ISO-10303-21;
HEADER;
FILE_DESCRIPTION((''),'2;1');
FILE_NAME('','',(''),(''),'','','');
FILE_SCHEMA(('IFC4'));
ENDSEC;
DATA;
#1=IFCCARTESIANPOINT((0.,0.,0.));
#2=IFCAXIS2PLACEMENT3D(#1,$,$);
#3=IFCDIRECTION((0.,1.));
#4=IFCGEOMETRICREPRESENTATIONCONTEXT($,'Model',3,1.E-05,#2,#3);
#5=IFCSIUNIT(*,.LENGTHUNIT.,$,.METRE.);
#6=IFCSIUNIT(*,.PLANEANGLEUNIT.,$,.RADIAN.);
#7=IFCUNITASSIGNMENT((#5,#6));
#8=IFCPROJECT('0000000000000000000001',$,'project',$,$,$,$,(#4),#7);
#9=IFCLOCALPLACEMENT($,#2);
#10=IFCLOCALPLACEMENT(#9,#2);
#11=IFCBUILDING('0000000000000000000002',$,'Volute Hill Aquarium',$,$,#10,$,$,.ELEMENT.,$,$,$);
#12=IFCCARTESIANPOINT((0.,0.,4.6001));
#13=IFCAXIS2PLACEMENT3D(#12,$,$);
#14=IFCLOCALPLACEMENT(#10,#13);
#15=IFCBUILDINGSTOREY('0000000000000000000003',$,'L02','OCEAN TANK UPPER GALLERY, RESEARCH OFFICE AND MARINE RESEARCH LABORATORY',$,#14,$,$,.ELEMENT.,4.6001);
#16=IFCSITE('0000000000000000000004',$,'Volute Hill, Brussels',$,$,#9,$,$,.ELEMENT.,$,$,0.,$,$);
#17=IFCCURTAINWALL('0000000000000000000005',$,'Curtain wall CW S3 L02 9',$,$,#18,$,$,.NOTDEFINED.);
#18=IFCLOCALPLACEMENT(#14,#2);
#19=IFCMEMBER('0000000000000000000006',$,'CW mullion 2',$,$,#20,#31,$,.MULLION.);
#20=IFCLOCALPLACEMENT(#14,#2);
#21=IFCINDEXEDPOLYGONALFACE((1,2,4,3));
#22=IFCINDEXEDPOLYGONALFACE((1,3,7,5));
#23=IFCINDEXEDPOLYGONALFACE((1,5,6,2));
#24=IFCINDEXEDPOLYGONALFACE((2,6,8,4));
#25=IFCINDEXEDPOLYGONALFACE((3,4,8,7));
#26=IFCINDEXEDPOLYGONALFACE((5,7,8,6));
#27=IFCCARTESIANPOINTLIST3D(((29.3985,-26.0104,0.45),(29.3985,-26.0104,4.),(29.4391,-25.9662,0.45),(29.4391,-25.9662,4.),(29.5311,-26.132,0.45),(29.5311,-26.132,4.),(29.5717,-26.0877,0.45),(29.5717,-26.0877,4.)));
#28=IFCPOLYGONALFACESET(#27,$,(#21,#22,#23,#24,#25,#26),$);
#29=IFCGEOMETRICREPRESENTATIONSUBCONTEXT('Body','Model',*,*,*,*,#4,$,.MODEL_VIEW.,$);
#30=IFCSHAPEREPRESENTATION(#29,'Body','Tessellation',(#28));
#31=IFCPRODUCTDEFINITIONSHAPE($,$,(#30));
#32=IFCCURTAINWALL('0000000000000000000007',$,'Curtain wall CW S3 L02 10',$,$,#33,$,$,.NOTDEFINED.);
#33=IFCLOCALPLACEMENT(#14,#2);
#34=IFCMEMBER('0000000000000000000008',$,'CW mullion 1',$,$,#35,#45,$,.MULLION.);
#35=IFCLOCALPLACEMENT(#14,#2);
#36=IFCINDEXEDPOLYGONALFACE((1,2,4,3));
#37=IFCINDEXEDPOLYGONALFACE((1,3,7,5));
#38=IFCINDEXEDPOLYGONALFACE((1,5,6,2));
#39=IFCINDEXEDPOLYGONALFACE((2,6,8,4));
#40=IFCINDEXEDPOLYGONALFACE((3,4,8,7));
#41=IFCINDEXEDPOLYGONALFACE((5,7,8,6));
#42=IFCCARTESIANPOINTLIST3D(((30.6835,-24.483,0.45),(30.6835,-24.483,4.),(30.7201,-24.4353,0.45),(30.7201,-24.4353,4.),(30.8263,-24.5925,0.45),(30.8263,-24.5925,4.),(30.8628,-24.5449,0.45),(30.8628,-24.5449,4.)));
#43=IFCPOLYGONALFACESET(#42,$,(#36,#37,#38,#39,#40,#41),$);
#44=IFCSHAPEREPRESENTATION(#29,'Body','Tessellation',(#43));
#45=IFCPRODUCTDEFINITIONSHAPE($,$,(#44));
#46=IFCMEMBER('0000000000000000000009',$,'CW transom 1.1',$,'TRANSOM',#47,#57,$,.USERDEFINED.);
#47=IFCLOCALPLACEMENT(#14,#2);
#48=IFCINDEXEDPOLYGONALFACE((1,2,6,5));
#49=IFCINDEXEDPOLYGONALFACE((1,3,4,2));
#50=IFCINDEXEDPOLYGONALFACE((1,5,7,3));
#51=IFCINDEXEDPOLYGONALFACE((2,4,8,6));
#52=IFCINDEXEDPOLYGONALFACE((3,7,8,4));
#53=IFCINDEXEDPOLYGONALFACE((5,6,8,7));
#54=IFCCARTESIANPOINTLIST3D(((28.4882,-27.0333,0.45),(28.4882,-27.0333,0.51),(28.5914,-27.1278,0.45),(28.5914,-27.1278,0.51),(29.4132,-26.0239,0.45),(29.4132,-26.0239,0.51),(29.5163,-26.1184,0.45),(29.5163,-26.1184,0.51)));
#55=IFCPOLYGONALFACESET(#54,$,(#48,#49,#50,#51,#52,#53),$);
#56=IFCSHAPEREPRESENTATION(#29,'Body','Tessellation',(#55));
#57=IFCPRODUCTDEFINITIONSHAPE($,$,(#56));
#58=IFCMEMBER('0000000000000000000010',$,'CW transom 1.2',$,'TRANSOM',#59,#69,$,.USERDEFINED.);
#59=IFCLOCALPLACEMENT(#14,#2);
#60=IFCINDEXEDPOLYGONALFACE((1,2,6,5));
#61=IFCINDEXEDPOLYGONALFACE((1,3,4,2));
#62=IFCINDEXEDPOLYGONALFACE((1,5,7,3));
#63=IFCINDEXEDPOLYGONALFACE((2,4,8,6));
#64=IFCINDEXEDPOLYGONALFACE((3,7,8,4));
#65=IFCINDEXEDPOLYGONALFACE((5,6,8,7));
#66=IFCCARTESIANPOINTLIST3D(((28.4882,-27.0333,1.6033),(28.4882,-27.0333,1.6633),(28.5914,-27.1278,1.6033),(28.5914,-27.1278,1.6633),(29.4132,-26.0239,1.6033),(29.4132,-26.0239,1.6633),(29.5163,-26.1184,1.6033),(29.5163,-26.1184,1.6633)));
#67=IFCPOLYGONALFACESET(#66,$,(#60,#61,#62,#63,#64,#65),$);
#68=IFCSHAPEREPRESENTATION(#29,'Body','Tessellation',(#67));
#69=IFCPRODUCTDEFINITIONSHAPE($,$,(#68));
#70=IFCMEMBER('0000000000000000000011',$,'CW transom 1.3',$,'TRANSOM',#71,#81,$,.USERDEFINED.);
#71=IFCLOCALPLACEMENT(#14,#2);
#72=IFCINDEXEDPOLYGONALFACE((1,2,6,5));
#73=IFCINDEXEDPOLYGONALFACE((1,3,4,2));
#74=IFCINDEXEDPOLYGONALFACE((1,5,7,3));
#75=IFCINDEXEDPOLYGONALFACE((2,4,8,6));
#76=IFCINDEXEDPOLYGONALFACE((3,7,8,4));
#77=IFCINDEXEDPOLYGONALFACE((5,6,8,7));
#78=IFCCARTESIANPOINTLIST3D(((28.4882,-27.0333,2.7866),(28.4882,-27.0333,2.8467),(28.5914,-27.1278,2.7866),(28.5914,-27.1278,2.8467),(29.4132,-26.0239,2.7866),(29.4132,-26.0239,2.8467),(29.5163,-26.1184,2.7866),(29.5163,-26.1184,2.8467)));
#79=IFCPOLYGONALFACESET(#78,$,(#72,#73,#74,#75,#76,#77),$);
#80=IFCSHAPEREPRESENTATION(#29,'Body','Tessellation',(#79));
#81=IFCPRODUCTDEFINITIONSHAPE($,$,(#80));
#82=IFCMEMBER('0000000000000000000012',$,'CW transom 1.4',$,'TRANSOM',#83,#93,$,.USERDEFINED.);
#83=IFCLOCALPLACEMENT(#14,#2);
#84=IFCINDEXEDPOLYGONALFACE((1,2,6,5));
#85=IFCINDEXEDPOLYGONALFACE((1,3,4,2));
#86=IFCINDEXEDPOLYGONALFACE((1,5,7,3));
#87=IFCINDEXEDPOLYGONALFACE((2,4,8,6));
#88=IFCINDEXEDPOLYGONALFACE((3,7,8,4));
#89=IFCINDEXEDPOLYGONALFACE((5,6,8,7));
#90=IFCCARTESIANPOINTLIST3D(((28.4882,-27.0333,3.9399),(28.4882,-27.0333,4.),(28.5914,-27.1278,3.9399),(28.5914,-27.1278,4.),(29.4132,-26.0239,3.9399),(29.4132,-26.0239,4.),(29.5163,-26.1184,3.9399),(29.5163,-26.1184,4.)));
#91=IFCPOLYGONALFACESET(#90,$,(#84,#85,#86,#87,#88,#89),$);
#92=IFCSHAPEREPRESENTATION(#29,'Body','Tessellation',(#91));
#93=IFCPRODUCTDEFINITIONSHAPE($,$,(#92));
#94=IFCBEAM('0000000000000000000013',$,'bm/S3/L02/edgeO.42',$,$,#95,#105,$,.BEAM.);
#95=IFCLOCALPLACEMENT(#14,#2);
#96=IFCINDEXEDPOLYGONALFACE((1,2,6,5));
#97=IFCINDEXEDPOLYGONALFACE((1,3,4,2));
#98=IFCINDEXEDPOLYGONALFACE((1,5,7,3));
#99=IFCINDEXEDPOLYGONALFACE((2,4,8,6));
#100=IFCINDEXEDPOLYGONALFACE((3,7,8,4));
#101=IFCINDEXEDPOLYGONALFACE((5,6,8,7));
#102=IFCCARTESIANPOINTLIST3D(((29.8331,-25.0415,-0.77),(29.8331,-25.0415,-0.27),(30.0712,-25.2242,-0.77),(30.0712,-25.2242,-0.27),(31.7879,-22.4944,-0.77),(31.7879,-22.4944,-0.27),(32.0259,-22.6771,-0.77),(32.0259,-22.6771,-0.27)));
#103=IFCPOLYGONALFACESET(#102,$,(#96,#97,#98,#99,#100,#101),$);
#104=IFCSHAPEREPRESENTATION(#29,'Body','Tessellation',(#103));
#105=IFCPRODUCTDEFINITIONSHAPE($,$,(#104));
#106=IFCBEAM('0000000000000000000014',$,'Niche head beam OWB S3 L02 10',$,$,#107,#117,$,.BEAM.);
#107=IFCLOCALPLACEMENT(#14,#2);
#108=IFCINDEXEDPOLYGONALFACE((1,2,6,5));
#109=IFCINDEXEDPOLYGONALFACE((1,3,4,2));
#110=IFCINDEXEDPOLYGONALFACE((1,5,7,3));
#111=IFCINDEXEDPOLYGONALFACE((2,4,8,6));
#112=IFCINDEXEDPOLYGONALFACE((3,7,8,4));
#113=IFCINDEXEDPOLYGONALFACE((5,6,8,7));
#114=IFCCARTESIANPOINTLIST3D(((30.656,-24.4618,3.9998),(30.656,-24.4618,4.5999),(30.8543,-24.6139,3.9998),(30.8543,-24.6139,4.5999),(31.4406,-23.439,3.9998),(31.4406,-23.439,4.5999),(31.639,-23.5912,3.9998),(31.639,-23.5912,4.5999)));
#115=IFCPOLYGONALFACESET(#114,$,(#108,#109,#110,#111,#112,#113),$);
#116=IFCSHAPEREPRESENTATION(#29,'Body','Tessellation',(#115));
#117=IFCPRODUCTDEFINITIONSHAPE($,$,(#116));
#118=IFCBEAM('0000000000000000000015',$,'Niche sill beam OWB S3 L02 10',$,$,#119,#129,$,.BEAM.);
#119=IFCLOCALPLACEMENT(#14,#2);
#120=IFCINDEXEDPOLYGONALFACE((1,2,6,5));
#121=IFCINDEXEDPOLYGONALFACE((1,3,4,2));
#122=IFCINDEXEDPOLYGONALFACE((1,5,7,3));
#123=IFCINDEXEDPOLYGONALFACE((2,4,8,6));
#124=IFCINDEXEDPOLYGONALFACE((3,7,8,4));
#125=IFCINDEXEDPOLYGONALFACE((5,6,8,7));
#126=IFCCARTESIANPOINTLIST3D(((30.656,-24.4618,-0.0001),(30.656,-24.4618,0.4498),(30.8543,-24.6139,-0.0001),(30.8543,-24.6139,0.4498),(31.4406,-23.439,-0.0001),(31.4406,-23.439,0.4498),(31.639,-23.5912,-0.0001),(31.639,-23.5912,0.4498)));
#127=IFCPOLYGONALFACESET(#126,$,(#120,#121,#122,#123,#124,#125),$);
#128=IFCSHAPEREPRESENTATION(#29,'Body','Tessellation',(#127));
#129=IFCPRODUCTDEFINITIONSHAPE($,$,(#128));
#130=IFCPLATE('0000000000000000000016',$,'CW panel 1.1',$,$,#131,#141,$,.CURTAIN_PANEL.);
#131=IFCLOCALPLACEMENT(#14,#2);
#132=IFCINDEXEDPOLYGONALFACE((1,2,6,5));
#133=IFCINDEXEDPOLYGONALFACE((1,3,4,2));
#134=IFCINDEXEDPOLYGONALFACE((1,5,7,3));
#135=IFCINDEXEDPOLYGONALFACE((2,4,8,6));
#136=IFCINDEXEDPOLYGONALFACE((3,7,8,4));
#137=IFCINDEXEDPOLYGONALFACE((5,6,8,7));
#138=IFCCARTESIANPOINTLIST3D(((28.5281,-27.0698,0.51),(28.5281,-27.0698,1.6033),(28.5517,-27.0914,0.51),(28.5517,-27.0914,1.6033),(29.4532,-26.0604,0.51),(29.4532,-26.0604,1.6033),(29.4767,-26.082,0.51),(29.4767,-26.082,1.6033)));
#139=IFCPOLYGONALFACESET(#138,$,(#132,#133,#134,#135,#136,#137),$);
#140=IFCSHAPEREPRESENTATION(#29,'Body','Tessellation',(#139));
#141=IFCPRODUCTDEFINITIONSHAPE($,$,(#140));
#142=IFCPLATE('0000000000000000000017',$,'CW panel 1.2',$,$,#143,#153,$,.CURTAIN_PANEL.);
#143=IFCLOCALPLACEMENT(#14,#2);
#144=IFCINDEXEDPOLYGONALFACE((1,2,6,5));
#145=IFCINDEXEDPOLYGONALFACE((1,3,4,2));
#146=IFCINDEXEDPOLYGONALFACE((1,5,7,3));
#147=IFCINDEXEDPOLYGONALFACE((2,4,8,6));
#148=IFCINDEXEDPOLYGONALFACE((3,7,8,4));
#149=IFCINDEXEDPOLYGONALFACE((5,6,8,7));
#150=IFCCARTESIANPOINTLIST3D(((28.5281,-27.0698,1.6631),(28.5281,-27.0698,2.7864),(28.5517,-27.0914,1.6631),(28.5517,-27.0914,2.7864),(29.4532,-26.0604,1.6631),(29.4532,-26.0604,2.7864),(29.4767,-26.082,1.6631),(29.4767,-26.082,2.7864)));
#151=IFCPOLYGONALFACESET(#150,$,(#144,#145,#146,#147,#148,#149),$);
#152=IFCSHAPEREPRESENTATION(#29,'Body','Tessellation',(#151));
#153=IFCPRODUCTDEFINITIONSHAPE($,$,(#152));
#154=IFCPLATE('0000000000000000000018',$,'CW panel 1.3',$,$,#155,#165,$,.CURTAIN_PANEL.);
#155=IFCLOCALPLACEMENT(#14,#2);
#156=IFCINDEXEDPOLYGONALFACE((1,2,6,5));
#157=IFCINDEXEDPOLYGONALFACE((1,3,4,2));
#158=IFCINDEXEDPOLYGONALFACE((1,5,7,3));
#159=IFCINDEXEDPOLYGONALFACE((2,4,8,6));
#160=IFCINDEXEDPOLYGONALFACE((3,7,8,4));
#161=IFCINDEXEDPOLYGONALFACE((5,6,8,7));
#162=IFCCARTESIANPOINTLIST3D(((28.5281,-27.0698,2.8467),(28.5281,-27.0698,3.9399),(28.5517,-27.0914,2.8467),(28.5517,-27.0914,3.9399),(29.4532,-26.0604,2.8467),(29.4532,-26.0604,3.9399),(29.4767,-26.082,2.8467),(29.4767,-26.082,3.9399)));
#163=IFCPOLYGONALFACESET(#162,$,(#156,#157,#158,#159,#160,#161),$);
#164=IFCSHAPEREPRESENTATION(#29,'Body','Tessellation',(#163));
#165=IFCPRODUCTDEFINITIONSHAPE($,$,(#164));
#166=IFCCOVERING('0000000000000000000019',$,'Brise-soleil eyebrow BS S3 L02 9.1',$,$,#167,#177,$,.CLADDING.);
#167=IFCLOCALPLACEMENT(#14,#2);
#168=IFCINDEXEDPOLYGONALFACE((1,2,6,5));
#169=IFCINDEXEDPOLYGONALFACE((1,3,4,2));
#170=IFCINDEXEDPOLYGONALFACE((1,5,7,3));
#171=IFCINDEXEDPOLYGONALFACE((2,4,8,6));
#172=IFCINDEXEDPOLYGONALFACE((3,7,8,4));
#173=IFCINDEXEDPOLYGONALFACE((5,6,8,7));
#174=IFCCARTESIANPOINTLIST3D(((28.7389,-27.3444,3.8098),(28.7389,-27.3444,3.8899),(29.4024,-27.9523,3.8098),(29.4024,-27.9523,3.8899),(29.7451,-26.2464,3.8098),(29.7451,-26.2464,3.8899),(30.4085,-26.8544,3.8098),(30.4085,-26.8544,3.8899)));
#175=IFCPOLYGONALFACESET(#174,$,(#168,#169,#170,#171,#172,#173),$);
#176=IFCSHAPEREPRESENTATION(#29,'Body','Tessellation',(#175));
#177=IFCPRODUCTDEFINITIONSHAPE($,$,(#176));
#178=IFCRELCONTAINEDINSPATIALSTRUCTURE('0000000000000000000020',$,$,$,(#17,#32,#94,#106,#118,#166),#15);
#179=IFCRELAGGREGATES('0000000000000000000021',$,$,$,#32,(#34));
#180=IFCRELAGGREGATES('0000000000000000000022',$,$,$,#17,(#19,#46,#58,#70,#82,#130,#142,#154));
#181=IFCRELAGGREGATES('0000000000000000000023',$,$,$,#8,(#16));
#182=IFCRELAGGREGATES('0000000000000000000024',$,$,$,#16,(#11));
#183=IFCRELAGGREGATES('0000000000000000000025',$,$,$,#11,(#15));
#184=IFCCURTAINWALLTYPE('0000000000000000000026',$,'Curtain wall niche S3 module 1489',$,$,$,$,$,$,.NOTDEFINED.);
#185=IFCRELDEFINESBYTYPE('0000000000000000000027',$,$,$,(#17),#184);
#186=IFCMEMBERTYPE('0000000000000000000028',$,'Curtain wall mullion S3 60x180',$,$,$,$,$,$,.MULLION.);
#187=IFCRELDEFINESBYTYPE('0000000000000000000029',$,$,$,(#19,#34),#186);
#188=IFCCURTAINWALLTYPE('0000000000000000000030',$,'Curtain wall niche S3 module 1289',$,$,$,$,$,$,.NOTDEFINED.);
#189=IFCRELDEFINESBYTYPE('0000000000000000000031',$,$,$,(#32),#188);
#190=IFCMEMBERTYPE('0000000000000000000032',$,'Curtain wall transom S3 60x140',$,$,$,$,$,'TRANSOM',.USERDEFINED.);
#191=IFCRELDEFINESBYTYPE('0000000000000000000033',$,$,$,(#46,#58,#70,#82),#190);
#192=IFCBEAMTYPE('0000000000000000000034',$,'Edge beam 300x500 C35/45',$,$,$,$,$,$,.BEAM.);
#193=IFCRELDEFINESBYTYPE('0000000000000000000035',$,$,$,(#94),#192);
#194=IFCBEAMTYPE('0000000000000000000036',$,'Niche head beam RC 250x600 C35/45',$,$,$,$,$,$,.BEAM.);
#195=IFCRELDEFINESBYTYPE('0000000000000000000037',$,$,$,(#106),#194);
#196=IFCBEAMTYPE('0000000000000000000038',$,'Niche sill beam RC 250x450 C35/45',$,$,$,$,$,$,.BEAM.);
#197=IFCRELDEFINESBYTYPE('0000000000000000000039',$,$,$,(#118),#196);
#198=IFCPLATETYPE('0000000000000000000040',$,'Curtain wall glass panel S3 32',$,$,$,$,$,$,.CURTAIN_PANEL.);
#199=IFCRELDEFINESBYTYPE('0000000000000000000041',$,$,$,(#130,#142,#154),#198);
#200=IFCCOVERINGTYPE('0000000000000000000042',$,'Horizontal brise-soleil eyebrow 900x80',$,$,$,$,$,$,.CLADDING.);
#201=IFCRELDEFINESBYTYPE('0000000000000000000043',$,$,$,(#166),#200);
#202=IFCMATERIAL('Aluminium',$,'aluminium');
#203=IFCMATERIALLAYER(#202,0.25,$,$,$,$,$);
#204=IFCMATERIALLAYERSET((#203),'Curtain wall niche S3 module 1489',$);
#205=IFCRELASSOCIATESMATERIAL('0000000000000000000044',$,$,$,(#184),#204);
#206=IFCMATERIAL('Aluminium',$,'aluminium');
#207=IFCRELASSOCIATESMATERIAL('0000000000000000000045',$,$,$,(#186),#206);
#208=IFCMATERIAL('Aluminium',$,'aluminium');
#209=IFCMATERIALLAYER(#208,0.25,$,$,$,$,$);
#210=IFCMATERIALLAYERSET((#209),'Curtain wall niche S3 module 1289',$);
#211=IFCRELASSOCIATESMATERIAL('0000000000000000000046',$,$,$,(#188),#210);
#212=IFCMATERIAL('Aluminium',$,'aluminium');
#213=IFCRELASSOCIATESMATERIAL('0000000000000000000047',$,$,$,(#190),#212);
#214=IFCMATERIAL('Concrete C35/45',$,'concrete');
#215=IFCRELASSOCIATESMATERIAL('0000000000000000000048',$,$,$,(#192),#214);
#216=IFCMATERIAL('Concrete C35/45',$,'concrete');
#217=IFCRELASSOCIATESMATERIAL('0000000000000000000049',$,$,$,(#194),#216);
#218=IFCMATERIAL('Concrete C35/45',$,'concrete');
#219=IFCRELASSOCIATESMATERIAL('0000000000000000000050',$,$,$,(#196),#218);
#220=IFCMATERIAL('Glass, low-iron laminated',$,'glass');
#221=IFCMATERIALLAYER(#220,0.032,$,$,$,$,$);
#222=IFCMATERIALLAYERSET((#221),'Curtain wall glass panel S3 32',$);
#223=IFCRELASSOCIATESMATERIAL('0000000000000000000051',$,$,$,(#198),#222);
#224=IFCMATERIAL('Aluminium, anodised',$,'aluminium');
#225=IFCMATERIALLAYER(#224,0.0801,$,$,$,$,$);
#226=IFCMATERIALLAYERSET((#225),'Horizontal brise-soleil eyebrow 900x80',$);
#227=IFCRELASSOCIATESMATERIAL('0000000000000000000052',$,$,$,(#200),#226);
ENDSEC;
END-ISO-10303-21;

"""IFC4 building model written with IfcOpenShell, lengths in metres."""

from ifc_helpers import new_model, si_unit, direction, frame, origin, origin_2d, place, context, subcontext, project, spatial, rectangle, extrude, material, layer, layer_set, material_profile, profile_set, type_object, element, aggregate, save


model = new_model("IFC4")

# Units and contexts
model_context = context("Model", 3, precision=1e-05, world=origin(), true_north=direction((0.0, 1.0)))
body_context = subcontext(model_context, "Body", "Model", "MODEL_VIEW")
ifc_project = project(units=[si_unit("LENGTHUNIT", "METRE"), si_unit("PLANEANGLEUNIT", "RADIAN")], contexts=[model_context])

# Site, building, storey
site_placement = place(None, origin())
site = spatial("IfcSite", under=ifc_project, at=site_placement, Name="Volute Hill, Brussels", CompositionType="ELEMENT", RefElevation=0.0)
building_placement = place(site_placement, origin())
building = spatial("IfcBuilding", under=site, at=building_placement, Name="Volute Hill Aquarium", CompositionType="ELEMENT")
storey_placement = place(building_placement, frame((0.0, 0.0, 4.6001)))
storey = spatial("IfcBuildingStorey", under=building, at=storey_placement, Name="L02", Description="OCEAN TANK UPPER GALLERY, RESEARCH OFFICE AND MARINE RESEARCH LABORATORY", CompositionType="ELEMENT", Elevation=4.6001)

# Curtain walls, members
ifc_material_1 = material(Name="Aluminium", Category="aluminium")
ifc_layer_1 = layer(ifc_material_1, 0.25)
ifc_layer_set_1 = layer_set([ifc_layer_1], Name="Curtain wall niche S3 module 1489")
curtain_wall_type_1 = type_object("IfcCurtainWallType", Name="Curtain wall niche S3 module 1489", PredefinedType="NOTDEFINED", material=ifc_layer_set_1)
curtain_wall_1_placement = place(storey_placement, origin())
curtain_wall_1 = element("IfcCurtainWall", 1, at=curtain_wall_1_placement, inside=storey, type_object=curtain_wall_type_1, Name="Curtain wall CW S3 L02 9", PredefinedType="NOTDEFINED")
ifc_material_2 = material(Name="Aluminium", Category="aluminium")
ifc_material_profile_1 = material_profile(ifc_material_2, rectangle(XDim=0.1799, YDim=0.0601, at=origin_2d()), Name="Curtain wall mullion S3 60x180")
ifc_profile_set_1 = profile_set([ifc_material_profile_1], Name="Aluminium")
member_type_1 = type_object("IfcMemberType", Name="Curtain wall mullion S3 60x180", PredefinedType="MULLION", material=ifc_profile_set_1)
member_1_placement = place(storey_placement, frame((29.4851, -26.0491, 0.45), z_axis=(0.0, 0.0, 1.0), x_axis=(-0.73726, 0.675609, 0.0)))
member_1 = element("IfcMember", 2, at=member_1_placement, type_object=member_type_1, Name="CW mullion 2", PredefinedType="MULLION", context=body_context, shape_type="SweptSolid", body=[
    extrude(rectangle(XDim=0.1799, YDim=0.0601, at=origin_2d()), origin(), (0.0, 0.0, 1.0), 3.55),
])
ifc_material_3 = material(Name="Aluminium", Category="aluminium")
ifc_layer_2 = layer(ifc_material_3, 0.25)
ifc_layer_set_2 = layer_set([ifc_layer_2], Name="Curtain wall niche S3 module 1289")
curtain_wall_type_2 = type_object("IfcCurtainWallType", Name="Curtain wall niche S3 module 1289", PredefinedType="NOTDEFINED", material=ifc_layer_set_2)
curtain_wall_2_placement = place(storey_placement, origin())
curtain_wall_2 = element("IfcCurtainWall", 3, at=curtain_wall_2_placement, inside=storey, type_object=curtain_wall_type_2, Name="Curtain wall CW S3 L02 10", PredefinedType="NOTDEFINED")
member_2_placement = place(storey_placement, frame((30.7732, -24.5139, 0.45), z_axis=(0.0, 0.0, 1.0), x_axis=(-0.793366, 0.608745, 0.0)))
member_2 = element("IfcMember", 4, at=member_2_placement, type_object=member_type_1, Name="CW mullion 1", PredefinedType="MULLION", context=body_context, shape_type="SweptSolid", body=[
    extrude(rectangle(XDim=0.1799, YDim=0.0601, at=origin_2d()), origin(), (0.0, 0.0, 1.0), 3.55),
])
aggregate(curtain_wall_2, [member_2])

# Members
ifc_material_4 = material(Name="Aluminium", Category="aluminium")
ifc_material_profile_2 = material_profile(ifc_material_4, rectangle(XDim=0.1399, YDim=0.0601, at=origin_2d()), Name="Curtain wall transom S3 60x140")
ifc_profile_set_2 = profile_set([ifc_material_profile_2], Name="Aluminium")
member_type_2 = type_object("IfcMemberType", Name="Curtain wall transom S3 60x140", ElementType="TRANSOM", PredefinedType="USERDEFINED", material=ifc_profile_set_2)
member_3_placement = place(storey_placement, frame((28.5398, -27.0806, 0.48), z_axis=(0.675587, 0.73728, 0.0), x_axis=(-0.73728, 0.675587, 0.0)))
member_3 = element("IfcMember", 5, at=member_3_placement, type_object=member_type_2, Name="CW transom 1.1", ObjectType="TRANSOM", PredefinedType="USERDEFINED", context=body_context, shape_type="SweptSolid", body=[
    extrude(rectangle(XDim=0.1399, YDim=0.0601, at=origin_2d()), origin(), (0.0, 0.0, 1.0), 1.3691),
])
member_4_placement = place(storey_placement, frame((28.5398, -27.0806, 1.6333), z_axis=(0.675587, 0.73728, 0.0), x_axis=(-0.73728, 0.675587, 0.0)))
member_4 = element("IfcMember", 6, at=member_4_placement, type_object=member_type_2, Name="CW transom 1.2", ObjectType="TRANSOM", PredefinedType="USERDEFINED", context=body_context, shape_type="SweptSolid", body=[
    extrude(rectangle(XDim=0.1399, YDim=0.0601, at=origin_2d()), origin(), (0.0, 0.0, 1.0), 1.3691),
])
member_5_placement = place(storey_placement, frame((28.5398, -27.0806, 2.8167), z_axis=(0.675587, 0.73728, 0.0), x_axis=(-0.73728, 0.675587, 0.0)))
member_5 = element("IfcMember", 7, at=member_5_placement, type_object=member_type_2, Name="CW transom 1.3", ObjectType="TRANSOM", PredefinedType="USERDEFINED", context=body_context, shape_type="SweptSolid", body=[
    extrude(rectangle(XDim=0.1399, YDim=0.0601, at=origin_2d()), origin(), (0.0, 0.0, 1.0), 1.3691),
])
member_6_placement = place(storey_placement, frame((28.5398, -27.0806, 3.97), z_axis=(0.675587, 0.73728, 0.0), x_axis=(-0.73728, 0.675587, 0.0)))
member_6 = element("IfcMember", 8, at=member_6_placement, type_object=member_type_2, Name="CW transom 1.4", ObjectType="TRANSOM", PredefinedType="USERDEFINED", context=body_context, shape_type="SweptSolid", body=[
    extrude(rectangle(XDim=0.1399, YDim=0.0601, at=origin_2d()), origin(), (0.0, 0.0, 1.0), 1.3691),
])

# Beams
ifc_material_5 = material(Name="Concrete C35/45", Category="concrete")
ifc_material_profile_3 = material_profile(ifc_material_5, rectangle(XDim=0.3, YDim=0.5, at=origin_2d()), Name="RC edge beam 300x500")
ifc_profile_set_3 = profile_set([ifc_material_profile_3], Name="Concrete C35/45")
beam_type_1 = type_object("IfcBeamType", Name="Edge beam 300x500 C35/45", PredefinedType="BEAM", material=ifc_profile_set_3)
beam_1_placement = place(storey_placement, frame((29.9521, -25.1328, -0.52), z_axis=(0.608832, 0.793299, 0.0), x_axis=(-0.793299, 0.608832, 0.0)))
element("IfcBeam", 9, at=beam_1_placement, inside=storey, type_object=beam_type_1, Name="bm/S3/L02/edgeO.42", PredefinedType="BEAM", context=body_context, shape_type="SweptSolid", body=[
    extrude(rectangle(XDim=0.3, YDim=0.5, at=origin_2d()), origin(), (0.0, 0.0, 1.0), 3.2107),
])
ifc_material_6 = material(Name="Concrete C35/45", Category="concrete")
ifc_material_profile_4 = material_profile(ifc_material_6, rectangle(XDim=0.25, YDim=0.6001, at=origin_2d()), Name="RC beam 250x600")
ifc_profile_set_4 = profile_set([ifc_material_profile_4], Name="Concrete C35/45")
beam_type_2 = type_object("IfcBeamType", Name="Niche head beam RC 250x600 C35/45", PredefinedType="BEAM", material=ifc_profile_set_4)
beam_2_placement = place(storey_placement, frame((30.7551, -24.5378, 4.2998), z_axis=(0.608722, 0.793384, 0.0), x_axis=(-0.793384, 0.608722, 0.0)))
element("IfcBeam", 10, at=beam_2_placement, inside=storey, type_object=beam_type_2, Name="Niche head beam OWB S3 L02 10", PredefinedType="BEAM", context=body_context, shape_type="SweptSolid", body=[
    extrude(rectangle(XDim=0.25, YDim=0.6001, at=origin_2d()), origin(), (0.0, 0.0, 1.0), 1.2891),
])
ifc_material_7 = material(Name="Concrete C35/45", Category="concrete")
ifc_material_profile_5 = material_profile(ifc_material_7, rectangle(XDim=0.25, YDim=0.45, at=origin_2d()), Name="RC beam 250x450")
ifc_profile_set_5 = profile_set([ifc_material_profile_5], Name="Concrete C35/45")
beam_type_3 = type_object("IfcBeamType", Name="Niche sill beam RC 250x450 C35/45", PredefinedType="BEAM", material=ifc_profile_set_5)
beam_3_placement = place(storey_placement, frame((30.7551, -24.5378, 0.2249), z_axis=(0.608722, 0.793384, 0.0), x_axis=(-0.793384, 0.608722, 0.0)))
element("IfcBeam", 11, at=beam_3_placement, inside=storey, type_object=beam_type_3, Name="Niche sill beam OWB S3 L02 10", PredefinedType="BEAM", context=body_context, shape_type="SweptSolid", body=[
    extrude(rectangle(XDim=0.25, YDim=0.45, at=origin_2d()), origin(), (0.0, 0.0, 1.0), 1.2891),
])

# Plates
ifc_material_8 = material(Name="Glass, low-iron laminated", Category="glass")
ifc_layer_3 = layer(ifc_material_8, 0.032)
ifc_layer_set_3 = layer_set([ifc_layer_3], Name="Curtain wall glass panel S3 32")
plate_type = type_object("IfcPlateType", Name="Curtain wall glass panel S3 32", PredefinedType="CURTAIN_PANEL", material=ifc_layer_set_3)
plate_1_placement = place(storey_placement, frame((29.0024, -26.5759, 0.51), z_axis=(0.0, 0.0, 1.0), x_axis=(0.675609, 0.73726, 0.0)))
plate_1 = element("IfcPlate", 12, at=plate_1_placement, type_object=plate_type, Name="CW panel 1.1", PredefinedType="CURTAIN_PANEL", context=body_context, shape_type="SweptSolid", body=[
    extrude(rectangle(XDim=1.3691, YDim=0.032, at=origin_2d()), origin(), (0.0, 0.0, 1.0), 1.0933),
])
plate_2_placement = place(storey_placement, frame((29.0024, -26.5759, 1.6631), z_axis=(0.0, 0.0, 1.0), x_axis=(0.675609, 0.73726, 0.0)))
plate_2 = element("IfcPlate", 13, at=plate_2_placement, type_object=plate_type, Name="CW panel 1.2", PredefinedType="CURTAIN_PANEL", context=body_context, shape_type="SweptSolid", body=[
    extrude(rectangle(XDim=1.3691, YDim=0.032, at=origin_2d()), origin(), (0.0, 0.0, 1.0), 1.1233),
])
plate_3_placement = place(storey_placement, frame((29.0024, -26.5759, 2.8467), z_axis=(0.0, 0.0, 1.0), x_axis=(0.675609, 0.73726, 0.0)))
plate_3 = element("IfcPlate", 14, at=plate_3_placement, type_object=plate_type, Name="CW panel 1.3", PredefinedType="CURTAIN_PANEL", context=body_context, shape_type="SweptSolid", body=[
    extrude(rectangle(XDim=1.3691, YDim=0.032, at=origin_2d()), origin(), (0.0, 0.0, 1.0), 1.0933),
])
aggregate(curtain_wall_1, [member_1, member_3, member_4, member_5, member_6, plate_1, plate_2, plate_3])

# Covering
ifc_material_9 = material(Name="Aluminium, anodised", Category="aluminium")
ifc_layer_4 = layer(ifc_material_9, 0.0801)
ifc_layer_set_4 = layer_set([ifc_layer_4], Name="Horizontal brise-soleil eyebrow 900x80")
covering_type_1 = type_object("IfcCoveringType", Name="Horizontal brise-soleil eyebrow 900x80", PredefinedType="CLADDING", material=ifc_layer_set_4)
covering_placement = place(storey_placement, frame((29.5737, -27.0994, 3.8098), z_axis=(0.0, 0.0, 1.0), x_axis=(0.675612, 0.737257, 0.0)))
element("IfcCovering", 15, at=covering_placement, inside=storey, type_object=covering_type_1, Name="Brise-soleil eyebrow BS S3 L02 9.1", PredefinedType="CLADDING", context=body_context, shape_type="SweptSolid", body=[
    extrude(rectangle(XDim=1.4893, YDim=0.8999, at=origin_2d()), origin(), (0.0, 0.0, 1.0), 0.0801),
])

save(model, "model.ifc")
